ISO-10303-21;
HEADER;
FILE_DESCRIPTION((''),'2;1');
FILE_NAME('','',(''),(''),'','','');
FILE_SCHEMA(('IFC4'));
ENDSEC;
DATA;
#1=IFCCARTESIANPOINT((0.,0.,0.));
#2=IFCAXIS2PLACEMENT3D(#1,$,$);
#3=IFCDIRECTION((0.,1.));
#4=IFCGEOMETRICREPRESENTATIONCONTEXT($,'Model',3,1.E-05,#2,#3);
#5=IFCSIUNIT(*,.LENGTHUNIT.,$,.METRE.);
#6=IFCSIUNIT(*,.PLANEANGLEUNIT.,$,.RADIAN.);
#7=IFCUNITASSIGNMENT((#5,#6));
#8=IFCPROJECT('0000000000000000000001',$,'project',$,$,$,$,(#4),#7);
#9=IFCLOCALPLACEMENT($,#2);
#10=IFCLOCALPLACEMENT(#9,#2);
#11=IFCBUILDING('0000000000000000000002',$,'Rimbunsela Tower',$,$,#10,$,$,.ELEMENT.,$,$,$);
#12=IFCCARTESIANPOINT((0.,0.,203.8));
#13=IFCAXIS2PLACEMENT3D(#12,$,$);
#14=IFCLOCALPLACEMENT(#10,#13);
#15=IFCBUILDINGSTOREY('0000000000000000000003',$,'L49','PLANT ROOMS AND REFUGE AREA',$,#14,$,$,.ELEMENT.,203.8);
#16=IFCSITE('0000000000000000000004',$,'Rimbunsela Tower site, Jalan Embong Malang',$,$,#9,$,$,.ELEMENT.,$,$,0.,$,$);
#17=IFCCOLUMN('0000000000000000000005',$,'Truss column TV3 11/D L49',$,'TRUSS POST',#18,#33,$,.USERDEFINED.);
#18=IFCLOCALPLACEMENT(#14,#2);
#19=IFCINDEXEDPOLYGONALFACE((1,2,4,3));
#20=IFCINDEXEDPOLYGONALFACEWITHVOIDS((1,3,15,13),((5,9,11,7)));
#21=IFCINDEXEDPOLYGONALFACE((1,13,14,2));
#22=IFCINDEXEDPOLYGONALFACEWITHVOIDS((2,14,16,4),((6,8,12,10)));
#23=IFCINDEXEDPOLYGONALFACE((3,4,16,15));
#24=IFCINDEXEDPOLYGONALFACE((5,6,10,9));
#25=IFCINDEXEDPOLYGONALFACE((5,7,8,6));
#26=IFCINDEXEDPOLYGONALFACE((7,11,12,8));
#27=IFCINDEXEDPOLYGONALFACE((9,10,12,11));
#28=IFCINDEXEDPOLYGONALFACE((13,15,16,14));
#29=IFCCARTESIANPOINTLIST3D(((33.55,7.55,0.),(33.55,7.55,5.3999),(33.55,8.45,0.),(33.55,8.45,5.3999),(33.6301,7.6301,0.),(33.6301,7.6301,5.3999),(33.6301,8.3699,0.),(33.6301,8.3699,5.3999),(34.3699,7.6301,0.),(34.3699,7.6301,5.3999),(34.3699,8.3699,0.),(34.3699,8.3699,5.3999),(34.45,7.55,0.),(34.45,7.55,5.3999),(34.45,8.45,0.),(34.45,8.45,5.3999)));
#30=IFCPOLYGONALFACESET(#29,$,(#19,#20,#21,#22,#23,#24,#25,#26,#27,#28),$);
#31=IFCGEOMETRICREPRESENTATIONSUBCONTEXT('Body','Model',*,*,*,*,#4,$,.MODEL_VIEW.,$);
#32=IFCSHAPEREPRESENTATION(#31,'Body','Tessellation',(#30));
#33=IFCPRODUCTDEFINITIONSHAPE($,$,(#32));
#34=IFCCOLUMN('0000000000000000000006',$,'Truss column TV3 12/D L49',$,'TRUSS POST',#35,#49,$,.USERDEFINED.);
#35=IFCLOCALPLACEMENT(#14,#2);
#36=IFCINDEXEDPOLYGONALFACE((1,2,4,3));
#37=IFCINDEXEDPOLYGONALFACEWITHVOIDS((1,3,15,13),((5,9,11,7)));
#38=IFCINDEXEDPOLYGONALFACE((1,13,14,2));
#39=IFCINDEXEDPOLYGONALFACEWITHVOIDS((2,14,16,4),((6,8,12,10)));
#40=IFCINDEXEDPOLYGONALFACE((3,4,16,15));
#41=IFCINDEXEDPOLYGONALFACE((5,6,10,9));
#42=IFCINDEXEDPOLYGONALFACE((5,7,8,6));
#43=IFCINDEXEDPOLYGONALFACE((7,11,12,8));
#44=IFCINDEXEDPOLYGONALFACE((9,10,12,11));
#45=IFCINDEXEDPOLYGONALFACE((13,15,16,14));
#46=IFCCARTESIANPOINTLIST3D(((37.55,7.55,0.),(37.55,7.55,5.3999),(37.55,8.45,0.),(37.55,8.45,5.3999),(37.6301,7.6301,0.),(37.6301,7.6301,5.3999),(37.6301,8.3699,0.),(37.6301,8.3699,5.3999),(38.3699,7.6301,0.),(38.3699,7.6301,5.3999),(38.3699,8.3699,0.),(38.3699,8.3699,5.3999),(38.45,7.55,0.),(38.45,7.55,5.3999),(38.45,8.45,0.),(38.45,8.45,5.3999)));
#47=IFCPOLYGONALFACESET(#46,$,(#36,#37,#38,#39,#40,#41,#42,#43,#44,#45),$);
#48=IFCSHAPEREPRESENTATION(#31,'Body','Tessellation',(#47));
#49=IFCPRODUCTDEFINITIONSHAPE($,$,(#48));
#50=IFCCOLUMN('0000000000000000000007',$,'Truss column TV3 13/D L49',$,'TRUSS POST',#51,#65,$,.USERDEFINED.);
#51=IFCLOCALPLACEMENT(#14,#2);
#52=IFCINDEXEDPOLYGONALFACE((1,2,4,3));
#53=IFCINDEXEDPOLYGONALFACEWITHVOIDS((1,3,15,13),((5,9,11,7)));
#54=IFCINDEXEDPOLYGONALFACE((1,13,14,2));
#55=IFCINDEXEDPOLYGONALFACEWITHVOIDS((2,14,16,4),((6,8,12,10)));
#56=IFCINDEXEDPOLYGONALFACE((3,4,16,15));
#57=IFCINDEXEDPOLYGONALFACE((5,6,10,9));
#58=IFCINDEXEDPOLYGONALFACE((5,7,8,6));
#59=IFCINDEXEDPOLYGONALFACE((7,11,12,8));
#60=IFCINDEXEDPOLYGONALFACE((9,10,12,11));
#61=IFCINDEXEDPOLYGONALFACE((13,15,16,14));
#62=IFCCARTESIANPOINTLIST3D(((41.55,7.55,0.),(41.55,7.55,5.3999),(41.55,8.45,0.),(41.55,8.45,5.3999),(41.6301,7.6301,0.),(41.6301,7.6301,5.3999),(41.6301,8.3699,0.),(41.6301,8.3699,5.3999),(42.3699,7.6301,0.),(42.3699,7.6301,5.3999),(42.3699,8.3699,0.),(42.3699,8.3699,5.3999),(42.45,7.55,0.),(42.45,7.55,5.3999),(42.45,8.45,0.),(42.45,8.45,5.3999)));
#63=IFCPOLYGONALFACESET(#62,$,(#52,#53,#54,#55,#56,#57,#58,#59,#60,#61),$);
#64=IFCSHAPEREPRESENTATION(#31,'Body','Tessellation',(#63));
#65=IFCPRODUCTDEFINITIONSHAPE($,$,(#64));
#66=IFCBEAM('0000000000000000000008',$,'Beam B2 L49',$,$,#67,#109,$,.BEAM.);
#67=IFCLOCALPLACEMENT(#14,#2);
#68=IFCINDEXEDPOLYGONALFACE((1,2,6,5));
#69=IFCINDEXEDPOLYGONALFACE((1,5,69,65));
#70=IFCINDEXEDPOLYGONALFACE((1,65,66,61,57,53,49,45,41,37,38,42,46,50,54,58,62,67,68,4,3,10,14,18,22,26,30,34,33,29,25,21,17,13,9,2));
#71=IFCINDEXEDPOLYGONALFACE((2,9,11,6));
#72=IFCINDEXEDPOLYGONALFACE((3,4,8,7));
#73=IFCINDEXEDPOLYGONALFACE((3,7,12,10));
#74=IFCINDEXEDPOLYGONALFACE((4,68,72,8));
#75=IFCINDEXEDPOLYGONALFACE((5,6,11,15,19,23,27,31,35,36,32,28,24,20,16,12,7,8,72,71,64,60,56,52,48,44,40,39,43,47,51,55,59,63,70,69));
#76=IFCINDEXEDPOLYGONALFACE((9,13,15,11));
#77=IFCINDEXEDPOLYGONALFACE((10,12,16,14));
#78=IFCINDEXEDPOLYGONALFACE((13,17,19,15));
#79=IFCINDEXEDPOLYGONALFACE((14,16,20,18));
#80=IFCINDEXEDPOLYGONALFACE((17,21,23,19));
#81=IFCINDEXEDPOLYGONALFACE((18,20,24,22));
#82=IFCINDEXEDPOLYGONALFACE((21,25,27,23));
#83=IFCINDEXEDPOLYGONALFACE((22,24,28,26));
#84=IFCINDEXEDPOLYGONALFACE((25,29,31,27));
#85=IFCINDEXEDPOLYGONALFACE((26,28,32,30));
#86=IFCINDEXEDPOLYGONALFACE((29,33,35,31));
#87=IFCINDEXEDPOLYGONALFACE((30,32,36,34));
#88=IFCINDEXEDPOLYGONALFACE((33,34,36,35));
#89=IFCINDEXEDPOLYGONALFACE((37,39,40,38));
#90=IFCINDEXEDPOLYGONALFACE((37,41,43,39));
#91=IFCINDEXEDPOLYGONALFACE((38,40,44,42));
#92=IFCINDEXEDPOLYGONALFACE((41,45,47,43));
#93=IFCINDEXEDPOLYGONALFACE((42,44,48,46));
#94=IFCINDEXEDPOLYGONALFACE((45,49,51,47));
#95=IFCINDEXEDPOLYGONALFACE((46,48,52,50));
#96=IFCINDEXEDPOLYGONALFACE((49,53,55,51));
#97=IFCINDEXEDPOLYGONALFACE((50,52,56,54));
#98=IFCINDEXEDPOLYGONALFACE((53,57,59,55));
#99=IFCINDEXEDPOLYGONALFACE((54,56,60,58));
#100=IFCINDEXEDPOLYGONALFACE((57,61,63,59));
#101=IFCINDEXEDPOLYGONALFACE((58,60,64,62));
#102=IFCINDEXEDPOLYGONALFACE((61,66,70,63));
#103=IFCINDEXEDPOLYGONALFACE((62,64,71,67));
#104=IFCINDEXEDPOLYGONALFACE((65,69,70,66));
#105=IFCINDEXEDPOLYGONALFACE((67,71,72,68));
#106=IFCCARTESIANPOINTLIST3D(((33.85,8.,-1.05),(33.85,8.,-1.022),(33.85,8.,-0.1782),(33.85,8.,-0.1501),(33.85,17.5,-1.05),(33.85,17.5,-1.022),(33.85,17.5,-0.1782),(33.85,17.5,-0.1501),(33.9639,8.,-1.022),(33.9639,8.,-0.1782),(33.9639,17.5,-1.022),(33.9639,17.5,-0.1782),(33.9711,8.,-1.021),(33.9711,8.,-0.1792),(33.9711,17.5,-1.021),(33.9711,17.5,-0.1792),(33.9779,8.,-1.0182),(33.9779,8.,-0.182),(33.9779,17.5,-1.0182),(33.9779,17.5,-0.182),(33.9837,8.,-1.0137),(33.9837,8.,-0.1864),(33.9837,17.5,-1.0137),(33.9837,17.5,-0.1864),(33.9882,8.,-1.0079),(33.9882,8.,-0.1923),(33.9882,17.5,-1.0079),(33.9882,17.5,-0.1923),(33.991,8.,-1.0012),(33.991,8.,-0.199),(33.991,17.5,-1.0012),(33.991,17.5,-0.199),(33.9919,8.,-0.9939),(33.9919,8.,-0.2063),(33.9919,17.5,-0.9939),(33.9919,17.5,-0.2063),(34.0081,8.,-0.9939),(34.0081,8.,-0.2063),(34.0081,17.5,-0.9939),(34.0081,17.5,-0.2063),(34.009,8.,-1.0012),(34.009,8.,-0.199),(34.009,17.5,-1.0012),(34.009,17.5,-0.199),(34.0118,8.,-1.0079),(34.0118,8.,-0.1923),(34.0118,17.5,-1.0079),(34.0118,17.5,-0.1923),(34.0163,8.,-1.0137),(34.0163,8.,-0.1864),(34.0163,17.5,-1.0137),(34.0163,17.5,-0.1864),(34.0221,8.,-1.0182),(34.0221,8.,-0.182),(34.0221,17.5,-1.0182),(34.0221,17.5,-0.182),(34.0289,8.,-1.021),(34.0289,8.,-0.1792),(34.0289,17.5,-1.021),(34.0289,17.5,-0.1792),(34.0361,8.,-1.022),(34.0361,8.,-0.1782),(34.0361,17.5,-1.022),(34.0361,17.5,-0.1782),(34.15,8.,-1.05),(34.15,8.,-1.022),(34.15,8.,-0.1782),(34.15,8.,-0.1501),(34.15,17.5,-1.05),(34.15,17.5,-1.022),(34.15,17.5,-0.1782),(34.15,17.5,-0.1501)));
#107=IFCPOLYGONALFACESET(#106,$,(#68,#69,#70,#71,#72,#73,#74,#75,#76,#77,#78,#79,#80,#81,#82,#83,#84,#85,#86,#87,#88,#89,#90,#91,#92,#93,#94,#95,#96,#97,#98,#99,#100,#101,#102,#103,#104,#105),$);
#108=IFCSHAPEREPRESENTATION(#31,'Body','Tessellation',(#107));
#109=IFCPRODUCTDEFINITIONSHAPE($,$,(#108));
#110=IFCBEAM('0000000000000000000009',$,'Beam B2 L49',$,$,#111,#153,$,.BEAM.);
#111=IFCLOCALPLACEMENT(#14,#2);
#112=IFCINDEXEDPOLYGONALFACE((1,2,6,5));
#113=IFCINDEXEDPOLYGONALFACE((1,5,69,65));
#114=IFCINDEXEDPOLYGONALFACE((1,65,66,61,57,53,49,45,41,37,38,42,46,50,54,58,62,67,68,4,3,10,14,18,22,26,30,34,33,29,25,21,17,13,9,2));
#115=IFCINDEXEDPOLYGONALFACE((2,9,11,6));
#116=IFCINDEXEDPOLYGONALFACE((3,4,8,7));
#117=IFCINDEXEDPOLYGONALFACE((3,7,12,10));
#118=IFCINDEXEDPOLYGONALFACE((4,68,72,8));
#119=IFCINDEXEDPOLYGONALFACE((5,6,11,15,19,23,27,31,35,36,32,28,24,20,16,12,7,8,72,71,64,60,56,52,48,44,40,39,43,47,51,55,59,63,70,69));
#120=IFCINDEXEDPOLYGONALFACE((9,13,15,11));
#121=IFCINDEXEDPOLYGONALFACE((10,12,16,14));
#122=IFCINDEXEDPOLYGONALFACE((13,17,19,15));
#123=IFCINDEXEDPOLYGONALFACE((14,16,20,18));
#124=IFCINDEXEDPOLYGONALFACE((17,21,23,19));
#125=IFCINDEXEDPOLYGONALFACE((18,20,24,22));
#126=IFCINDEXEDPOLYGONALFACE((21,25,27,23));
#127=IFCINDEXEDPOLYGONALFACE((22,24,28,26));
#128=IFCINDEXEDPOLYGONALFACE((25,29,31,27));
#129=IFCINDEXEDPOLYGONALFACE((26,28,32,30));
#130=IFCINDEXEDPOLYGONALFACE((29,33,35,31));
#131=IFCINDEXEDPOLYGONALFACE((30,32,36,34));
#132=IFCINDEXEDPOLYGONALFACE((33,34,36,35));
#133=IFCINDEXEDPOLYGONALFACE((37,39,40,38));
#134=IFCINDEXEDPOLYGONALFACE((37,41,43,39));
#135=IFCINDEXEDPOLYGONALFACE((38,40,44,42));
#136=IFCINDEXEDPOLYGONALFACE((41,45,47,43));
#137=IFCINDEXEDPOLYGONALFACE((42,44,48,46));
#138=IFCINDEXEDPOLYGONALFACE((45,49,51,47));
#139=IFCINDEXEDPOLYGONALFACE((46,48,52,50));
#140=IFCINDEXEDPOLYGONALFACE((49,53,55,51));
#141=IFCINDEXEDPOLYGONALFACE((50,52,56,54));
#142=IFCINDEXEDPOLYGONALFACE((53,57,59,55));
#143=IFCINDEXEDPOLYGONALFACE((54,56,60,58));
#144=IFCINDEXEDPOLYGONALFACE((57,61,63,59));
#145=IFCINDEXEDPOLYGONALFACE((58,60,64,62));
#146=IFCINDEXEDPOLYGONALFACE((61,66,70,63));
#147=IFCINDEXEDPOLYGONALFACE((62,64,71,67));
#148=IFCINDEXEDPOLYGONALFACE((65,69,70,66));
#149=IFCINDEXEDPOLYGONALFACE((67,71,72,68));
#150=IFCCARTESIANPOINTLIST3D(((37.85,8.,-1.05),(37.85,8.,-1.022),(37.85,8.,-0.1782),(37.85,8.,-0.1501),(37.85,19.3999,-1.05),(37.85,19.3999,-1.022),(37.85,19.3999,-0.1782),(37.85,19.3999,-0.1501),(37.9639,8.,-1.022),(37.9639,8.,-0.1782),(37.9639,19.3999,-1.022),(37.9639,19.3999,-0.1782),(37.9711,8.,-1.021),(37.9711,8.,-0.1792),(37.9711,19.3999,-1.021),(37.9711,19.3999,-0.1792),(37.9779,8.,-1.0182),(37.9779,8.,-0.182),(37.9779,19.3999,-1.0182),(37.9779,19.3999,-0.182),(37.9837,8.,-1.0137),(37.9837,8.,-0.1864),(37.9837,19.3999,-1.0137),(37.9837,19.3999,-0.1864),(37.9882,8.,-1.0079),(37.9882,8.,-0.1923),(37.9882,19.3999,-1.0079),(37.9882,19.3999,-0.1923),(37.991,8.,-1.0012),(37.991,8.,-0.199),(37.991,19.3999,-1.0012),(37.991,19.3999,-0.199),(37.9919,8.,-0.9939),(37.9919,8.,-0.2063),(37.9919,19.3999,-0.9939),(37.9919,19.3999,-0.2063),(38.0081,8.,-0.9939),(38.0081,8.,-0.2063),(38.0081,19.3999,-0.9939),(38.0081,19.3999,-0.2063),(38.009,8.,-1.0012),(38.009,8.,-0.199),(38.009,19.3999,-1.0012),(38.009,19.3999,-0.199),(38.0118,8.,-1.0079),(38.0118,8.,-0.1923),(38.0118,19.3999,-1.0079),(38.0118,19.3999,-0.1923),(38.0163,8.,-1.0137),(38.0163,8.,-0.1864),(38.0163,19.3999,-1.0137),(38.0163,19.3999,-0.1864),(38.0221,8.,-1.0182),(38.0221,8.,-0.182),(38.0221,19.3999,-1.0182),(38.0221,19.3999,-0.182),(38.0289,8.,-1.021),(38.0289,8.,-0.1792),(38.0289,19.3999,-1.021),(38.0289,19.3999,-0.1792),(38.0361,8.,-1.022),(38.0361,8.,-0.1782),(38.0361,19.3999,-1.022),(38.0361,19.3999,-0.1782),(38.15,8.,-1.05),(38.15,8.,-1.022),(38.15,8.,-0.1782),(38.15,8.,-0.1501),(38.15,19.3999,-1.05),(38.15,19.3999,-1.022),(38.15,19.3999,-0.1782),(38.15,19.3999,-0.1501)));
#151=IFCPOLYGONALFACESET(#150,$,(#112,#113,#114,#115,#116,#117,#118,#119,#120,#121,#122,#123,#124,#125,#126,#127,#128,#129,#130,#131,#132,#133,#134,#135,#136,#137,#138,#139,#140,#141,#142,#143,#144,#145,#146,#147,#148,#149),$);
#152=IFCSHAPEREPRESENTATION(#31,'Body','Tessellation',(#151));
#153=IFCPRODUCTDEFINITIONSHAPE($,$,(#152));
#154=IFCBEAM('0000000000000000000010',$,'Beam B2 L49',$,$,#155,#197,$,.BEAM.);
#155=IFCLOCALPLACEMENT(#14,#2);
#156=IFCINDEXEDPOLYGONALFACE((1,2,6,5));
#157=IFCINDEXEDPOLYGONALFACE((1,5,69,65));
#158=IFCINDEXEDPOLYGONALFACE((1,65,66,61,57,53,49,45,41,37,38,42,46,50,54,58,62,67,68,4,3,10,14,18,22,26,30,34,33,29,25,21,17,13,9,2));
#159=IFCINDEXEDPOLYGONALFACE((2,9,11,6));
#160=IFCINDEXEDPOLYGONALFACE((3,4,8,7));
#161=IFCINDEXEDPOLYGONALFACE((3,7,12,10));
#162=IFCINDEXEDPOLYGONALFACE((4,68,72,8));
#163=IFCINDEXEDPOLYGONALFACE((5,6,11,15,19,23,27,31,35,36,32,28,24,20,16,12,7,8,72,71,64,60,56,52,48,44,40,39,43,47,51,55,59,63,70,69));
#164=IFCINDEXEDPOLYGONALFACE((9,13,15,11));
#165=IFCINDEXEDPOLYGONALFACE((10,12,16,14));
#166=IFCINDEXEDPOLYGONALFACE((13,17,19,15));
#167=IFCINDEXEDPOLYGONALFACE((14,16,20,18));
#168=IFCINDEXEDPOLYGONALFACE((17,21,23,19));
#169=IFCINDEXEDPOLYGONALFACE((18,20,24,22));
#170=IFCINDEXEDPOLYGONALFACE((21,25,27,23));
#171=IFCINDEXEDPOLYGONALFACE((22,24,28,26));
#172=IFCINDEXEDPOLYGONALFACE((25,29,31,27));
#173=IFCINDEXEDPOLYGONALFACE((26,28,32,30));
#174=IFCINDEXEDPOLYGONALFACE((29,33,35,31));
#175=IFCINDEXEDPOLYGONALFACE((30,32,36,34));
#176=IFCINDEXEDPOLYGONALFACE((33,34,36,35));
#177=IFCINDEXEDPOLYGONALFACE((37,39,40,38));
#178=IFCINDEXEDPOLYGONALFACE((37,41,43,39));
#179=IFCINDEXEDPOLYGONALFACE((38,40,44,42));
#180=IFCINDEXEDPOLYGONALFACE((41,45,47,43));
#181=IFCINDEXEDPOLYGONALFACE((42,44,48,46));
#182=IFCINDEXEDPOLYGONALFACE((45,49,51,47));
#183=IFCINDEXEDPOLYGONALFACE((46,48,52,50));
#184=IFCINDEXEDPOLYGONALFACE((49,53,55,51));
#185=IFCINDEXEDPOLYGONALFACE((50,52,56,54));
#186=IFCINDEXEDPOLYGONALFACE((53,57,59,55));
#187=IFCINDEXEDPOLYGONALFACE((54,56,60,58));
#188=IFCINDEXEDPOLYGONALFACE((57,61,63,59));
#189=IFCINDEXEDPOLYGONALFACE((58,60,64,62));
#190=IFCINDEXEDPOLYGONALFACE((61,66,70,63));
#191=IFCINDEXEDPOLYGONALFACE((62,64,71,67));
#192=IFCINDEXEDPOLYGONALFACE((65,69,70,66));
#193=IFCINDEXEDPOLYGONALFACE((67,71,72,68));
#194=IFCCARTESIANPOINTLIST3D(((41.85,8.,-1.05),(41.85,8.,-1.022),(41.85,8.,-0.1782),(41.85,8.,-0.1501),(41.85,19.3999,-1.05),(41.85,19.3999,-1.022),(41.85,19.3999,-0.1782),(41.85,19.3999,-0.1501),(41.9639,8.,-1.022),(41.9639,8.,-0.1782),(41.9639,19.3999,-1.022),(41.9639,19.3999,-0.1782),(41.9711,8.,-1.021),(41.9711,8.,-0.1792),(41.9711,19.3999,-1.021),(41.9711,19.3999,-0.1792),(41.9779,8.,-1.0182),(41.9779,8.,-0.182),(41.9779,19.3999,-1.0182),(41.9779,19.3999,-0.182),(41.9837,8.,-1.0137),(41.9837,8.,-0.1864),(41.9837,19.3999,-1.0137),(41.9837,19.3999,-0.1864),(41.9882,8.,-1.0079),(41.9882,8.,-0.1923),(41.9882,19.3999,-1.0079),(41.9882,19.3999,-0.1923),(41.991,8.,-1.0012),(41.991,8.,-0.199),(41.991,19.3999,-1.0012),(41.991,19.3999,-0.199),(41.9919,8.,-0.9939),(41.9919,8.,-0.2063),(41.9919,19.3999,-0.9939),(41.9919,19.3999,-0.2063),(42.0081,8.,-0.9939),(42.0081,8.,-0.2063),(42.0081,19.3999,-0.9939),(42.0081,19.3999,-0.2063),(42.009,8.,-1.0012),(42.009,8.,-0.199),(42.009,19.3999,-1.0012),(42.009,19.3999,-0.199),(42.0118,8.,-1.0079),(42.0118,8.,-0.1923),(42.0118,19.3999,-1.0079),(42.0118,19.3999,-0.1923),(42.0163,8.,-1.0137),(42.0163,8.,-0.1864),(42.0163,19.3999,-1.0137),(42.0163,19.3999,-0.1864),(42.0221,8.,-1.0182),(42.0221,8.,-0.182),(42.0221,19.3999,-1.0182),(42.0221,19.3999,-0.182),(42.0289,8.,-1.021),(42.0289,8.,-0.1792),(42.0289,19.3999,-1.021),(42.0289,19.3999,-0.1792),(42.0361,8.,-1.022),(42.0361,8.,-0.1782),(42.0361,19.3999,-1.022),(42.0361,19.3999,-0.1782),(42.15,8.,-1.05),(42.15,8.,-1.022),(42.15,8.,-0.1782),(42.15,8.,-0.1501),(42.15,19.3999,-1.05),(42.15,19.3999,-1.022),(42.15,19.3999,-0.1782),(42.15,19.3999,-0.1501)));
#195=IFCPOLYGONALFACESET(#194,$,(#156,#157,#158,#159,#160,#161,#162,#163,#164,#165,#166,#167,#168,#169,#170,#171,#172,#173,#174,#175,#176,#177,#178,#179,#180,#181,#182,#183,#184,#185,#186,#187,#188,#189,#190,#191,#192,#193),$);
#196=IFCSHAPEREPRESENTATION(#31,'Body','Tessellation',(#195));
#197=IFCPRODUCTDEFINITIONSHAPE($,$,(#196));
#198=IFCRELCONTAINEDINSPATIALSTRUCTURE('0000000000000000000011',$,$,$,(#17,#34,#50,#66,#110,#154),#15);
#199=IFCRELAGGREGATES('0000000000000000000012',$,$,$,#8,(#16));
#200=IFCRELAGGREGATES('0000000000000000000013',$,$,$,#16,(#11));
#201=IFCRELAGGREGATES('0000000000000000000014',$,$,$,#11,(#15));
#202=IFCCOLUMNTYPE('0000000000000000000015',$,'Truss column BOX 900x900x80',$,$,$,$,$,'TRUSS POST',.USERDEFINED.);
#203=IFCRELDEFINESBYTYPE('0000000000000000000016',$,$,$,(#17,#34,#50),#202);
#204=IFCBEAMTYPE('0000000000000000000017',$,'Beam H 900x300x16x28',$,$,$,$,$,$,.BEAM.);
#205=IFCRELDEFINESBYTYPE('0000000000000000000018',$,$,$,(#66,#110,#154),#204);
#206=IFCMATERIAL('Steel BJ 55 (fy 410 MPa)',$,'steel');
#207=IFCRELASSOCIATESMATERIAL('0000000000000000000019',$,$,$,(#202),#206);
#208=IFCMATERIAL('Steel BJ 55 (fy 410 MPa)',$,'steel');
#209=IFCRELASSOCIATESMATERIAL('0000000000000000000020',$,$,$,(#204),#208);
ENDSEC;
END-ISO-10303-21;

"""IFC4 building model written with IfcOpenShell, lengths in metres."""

from ifc_helpers import new_model, si_unit, direction, frame, origin, origin_2d, place, context, subcontext, project, spatial, hollow_rectangle, i_section, extrude, material, material_profile, profile_set, type_object, element, save


model = new_model("IFC4")

# Units and contexts
model_context = context("Model", 3, precision=1e-05, world=origin(), true_north=direction((0.0, 1.0)))
body_context = subcontext(model_context, "Body", "Model", "MODEL_VIEW")
ifc_project = project(units=[si_unit("LENGTHUNIT", "METRE"), si_unit("PLANEANGLEUNIT", "RADIAN")], contexts=[model_context])

# Site, building, storey
site_placement = place(None, origin())
site = spatial("IfcSite", under=ifc_project, at=site_placement, Name="Rimbunsela Tower site, Jalan Embong Malang", CompositionType="ELEMENT", RefElevation=0.0)
building_placement = place(site_placement, origin())
building = spatial("IfcBuilding", under=site, at=building_placement, Name="Rimbunsela Tower", CompositionType="ELEMENT")
storey_placement = place(building_placement, frame((0.0, 0.0, 203.8)))
storey = spatial("IfcBuildingStorey", under=building, at=storey_placement, Name="L49", Description="PLANT ROOMS AND REFUGE AREA", CompositionType="ELEMENT", Elevation=203.8)

# Columns
ifc_material_1 = material(Name="Steel BJ 55 (fy 410 MPa)", Category="steel")
ifc_material_profile_1 = material_profile(ifc_material_1, hollow_rectangle(XDim=0.8999, YDim=0.8999, WallThickness=0.0801, at=origin_2d()), Name="BOX 900x900x80")
ifc_profile_set_1 = profile_set([ifc_material_profile_1], Name="Steel BJ 55 (fy 410 MPa)")
column_type = type_object("IfcColumnType", Name="Truss column BOX 900x900x80", ElementType="TRUSS POST", PredefinedType="USERDEFINED", material=ifc_profile_set_1)
for number, where, z_axis, x_axis, name in (
    (1, (34.0, 8.0, 0.0), (0.0, 0.0, 1.0), (1.0, 0.0, 0.0), "Truss column TV3 11/D L49"),
    (2, (38.0, 8.0, 0.0), (0.0, 0.0, 1.0), (1.0, 0.0, 0.0), "Truss column TV3 12/D L49"),
    (3, (42.0, 8.0, 0.0), (0.0, 0.0, 1.0), (1.0, 0.0, 0.0), "Truss column TV3 13/D L49"),
):
    element("IfcColumn", number, at=place(storey_placement, frame(where, z_axis=z_axis, x_axis=x_axis)), inside=storey, type_object=column_type, Name=name, ObjectType="TRUSS POST", PredefinedType="USERDEFINED", context=body_context, shape_type="SweptSolid", body=[
        extrude(hollow_rectangle(XDim=0.8999, YDim=0.8999, WallThickness=0.0801, at=origin_2d()), origin(), (0.0, 0.0, 1.0), 5.3999),
    ])

# Beams
ifc_material_2 = material(Name="Steel BJ 55 (fy 410 MPa)", Category="steel")
ifc_material_profile_2 = material_profile(ifc_material_2, i_section(OverallWidth=0.3, OverallDepth=0.8999, WebThickness=0.0161, FlangeThickness=0.0281, FilletRadius=0.0281, at=origin_2d()), Name="H 900x300x16x28")
ifc_profile_set_2 = profile_set([ifc_material_profile_2], Name="Steel BJ 55 (fy 410 MPa)")
beam_type_1 = type_object("IfcBeamType", Name="Beam H 900x300x16x28", PredefinedType="BEAM", material=ifc_profile_set_2)
beam_placement = place(storey_placement, frame((34.0, 8.0, -0.6001), z_axis=(0.0, 1.0, 0.0), x_axis=(-1.0, 0.0, 0.0)))
element("IfcBeam", 4, at=beam_placement, inside=storey, type_object=beam_type_1, Name="Beam B2 L49", PredefinedType="BEAM", context=body_context, shape_type="SweptSolid", body=[
    extrude(i_section(OverallWidth=0.3, OverallDepth=0.8999, WebThickness=0.0161, FlangeThickness=0.0281, FilletRadius=0.0281, at=origin_2d()), origin(), (0.0, 0.0, 1.0), 9.5),
])
for number, where, z_axis, x_axis, name in (
    (5, (38.0, 8.0, -0.6001), (0.0, 1.0, 0.0), (-1.0, 0.0, 0.0), "Beam B2 L49"),
    (6, (42.0, 8.0, -0.6001), (0.0, 1.0, 0.0), (-1.0, 0.0, 0.0), "Beam B2 L49"),
):
    element("IfcBeam", number, at=place(storey_placement, frame(where, z_axis=z_axis, x_axis=x_axis)), inside=storey, type_object=beam_type_1, Name=name, PredefinedType="BEAM", context=body_context, shape_type="SweptSolid", body=[
        extrude(i_section(OverallWidth=0.3, OverallDepth=0.8999, WebThickness=0.0161, FlangeThickness=0.0281, FilletRadius=0.0281, at=origin_2d()), origin(), (0.0, 0.0, 1.0), 11.3999),
    ])

save(model, "model.ifc")
